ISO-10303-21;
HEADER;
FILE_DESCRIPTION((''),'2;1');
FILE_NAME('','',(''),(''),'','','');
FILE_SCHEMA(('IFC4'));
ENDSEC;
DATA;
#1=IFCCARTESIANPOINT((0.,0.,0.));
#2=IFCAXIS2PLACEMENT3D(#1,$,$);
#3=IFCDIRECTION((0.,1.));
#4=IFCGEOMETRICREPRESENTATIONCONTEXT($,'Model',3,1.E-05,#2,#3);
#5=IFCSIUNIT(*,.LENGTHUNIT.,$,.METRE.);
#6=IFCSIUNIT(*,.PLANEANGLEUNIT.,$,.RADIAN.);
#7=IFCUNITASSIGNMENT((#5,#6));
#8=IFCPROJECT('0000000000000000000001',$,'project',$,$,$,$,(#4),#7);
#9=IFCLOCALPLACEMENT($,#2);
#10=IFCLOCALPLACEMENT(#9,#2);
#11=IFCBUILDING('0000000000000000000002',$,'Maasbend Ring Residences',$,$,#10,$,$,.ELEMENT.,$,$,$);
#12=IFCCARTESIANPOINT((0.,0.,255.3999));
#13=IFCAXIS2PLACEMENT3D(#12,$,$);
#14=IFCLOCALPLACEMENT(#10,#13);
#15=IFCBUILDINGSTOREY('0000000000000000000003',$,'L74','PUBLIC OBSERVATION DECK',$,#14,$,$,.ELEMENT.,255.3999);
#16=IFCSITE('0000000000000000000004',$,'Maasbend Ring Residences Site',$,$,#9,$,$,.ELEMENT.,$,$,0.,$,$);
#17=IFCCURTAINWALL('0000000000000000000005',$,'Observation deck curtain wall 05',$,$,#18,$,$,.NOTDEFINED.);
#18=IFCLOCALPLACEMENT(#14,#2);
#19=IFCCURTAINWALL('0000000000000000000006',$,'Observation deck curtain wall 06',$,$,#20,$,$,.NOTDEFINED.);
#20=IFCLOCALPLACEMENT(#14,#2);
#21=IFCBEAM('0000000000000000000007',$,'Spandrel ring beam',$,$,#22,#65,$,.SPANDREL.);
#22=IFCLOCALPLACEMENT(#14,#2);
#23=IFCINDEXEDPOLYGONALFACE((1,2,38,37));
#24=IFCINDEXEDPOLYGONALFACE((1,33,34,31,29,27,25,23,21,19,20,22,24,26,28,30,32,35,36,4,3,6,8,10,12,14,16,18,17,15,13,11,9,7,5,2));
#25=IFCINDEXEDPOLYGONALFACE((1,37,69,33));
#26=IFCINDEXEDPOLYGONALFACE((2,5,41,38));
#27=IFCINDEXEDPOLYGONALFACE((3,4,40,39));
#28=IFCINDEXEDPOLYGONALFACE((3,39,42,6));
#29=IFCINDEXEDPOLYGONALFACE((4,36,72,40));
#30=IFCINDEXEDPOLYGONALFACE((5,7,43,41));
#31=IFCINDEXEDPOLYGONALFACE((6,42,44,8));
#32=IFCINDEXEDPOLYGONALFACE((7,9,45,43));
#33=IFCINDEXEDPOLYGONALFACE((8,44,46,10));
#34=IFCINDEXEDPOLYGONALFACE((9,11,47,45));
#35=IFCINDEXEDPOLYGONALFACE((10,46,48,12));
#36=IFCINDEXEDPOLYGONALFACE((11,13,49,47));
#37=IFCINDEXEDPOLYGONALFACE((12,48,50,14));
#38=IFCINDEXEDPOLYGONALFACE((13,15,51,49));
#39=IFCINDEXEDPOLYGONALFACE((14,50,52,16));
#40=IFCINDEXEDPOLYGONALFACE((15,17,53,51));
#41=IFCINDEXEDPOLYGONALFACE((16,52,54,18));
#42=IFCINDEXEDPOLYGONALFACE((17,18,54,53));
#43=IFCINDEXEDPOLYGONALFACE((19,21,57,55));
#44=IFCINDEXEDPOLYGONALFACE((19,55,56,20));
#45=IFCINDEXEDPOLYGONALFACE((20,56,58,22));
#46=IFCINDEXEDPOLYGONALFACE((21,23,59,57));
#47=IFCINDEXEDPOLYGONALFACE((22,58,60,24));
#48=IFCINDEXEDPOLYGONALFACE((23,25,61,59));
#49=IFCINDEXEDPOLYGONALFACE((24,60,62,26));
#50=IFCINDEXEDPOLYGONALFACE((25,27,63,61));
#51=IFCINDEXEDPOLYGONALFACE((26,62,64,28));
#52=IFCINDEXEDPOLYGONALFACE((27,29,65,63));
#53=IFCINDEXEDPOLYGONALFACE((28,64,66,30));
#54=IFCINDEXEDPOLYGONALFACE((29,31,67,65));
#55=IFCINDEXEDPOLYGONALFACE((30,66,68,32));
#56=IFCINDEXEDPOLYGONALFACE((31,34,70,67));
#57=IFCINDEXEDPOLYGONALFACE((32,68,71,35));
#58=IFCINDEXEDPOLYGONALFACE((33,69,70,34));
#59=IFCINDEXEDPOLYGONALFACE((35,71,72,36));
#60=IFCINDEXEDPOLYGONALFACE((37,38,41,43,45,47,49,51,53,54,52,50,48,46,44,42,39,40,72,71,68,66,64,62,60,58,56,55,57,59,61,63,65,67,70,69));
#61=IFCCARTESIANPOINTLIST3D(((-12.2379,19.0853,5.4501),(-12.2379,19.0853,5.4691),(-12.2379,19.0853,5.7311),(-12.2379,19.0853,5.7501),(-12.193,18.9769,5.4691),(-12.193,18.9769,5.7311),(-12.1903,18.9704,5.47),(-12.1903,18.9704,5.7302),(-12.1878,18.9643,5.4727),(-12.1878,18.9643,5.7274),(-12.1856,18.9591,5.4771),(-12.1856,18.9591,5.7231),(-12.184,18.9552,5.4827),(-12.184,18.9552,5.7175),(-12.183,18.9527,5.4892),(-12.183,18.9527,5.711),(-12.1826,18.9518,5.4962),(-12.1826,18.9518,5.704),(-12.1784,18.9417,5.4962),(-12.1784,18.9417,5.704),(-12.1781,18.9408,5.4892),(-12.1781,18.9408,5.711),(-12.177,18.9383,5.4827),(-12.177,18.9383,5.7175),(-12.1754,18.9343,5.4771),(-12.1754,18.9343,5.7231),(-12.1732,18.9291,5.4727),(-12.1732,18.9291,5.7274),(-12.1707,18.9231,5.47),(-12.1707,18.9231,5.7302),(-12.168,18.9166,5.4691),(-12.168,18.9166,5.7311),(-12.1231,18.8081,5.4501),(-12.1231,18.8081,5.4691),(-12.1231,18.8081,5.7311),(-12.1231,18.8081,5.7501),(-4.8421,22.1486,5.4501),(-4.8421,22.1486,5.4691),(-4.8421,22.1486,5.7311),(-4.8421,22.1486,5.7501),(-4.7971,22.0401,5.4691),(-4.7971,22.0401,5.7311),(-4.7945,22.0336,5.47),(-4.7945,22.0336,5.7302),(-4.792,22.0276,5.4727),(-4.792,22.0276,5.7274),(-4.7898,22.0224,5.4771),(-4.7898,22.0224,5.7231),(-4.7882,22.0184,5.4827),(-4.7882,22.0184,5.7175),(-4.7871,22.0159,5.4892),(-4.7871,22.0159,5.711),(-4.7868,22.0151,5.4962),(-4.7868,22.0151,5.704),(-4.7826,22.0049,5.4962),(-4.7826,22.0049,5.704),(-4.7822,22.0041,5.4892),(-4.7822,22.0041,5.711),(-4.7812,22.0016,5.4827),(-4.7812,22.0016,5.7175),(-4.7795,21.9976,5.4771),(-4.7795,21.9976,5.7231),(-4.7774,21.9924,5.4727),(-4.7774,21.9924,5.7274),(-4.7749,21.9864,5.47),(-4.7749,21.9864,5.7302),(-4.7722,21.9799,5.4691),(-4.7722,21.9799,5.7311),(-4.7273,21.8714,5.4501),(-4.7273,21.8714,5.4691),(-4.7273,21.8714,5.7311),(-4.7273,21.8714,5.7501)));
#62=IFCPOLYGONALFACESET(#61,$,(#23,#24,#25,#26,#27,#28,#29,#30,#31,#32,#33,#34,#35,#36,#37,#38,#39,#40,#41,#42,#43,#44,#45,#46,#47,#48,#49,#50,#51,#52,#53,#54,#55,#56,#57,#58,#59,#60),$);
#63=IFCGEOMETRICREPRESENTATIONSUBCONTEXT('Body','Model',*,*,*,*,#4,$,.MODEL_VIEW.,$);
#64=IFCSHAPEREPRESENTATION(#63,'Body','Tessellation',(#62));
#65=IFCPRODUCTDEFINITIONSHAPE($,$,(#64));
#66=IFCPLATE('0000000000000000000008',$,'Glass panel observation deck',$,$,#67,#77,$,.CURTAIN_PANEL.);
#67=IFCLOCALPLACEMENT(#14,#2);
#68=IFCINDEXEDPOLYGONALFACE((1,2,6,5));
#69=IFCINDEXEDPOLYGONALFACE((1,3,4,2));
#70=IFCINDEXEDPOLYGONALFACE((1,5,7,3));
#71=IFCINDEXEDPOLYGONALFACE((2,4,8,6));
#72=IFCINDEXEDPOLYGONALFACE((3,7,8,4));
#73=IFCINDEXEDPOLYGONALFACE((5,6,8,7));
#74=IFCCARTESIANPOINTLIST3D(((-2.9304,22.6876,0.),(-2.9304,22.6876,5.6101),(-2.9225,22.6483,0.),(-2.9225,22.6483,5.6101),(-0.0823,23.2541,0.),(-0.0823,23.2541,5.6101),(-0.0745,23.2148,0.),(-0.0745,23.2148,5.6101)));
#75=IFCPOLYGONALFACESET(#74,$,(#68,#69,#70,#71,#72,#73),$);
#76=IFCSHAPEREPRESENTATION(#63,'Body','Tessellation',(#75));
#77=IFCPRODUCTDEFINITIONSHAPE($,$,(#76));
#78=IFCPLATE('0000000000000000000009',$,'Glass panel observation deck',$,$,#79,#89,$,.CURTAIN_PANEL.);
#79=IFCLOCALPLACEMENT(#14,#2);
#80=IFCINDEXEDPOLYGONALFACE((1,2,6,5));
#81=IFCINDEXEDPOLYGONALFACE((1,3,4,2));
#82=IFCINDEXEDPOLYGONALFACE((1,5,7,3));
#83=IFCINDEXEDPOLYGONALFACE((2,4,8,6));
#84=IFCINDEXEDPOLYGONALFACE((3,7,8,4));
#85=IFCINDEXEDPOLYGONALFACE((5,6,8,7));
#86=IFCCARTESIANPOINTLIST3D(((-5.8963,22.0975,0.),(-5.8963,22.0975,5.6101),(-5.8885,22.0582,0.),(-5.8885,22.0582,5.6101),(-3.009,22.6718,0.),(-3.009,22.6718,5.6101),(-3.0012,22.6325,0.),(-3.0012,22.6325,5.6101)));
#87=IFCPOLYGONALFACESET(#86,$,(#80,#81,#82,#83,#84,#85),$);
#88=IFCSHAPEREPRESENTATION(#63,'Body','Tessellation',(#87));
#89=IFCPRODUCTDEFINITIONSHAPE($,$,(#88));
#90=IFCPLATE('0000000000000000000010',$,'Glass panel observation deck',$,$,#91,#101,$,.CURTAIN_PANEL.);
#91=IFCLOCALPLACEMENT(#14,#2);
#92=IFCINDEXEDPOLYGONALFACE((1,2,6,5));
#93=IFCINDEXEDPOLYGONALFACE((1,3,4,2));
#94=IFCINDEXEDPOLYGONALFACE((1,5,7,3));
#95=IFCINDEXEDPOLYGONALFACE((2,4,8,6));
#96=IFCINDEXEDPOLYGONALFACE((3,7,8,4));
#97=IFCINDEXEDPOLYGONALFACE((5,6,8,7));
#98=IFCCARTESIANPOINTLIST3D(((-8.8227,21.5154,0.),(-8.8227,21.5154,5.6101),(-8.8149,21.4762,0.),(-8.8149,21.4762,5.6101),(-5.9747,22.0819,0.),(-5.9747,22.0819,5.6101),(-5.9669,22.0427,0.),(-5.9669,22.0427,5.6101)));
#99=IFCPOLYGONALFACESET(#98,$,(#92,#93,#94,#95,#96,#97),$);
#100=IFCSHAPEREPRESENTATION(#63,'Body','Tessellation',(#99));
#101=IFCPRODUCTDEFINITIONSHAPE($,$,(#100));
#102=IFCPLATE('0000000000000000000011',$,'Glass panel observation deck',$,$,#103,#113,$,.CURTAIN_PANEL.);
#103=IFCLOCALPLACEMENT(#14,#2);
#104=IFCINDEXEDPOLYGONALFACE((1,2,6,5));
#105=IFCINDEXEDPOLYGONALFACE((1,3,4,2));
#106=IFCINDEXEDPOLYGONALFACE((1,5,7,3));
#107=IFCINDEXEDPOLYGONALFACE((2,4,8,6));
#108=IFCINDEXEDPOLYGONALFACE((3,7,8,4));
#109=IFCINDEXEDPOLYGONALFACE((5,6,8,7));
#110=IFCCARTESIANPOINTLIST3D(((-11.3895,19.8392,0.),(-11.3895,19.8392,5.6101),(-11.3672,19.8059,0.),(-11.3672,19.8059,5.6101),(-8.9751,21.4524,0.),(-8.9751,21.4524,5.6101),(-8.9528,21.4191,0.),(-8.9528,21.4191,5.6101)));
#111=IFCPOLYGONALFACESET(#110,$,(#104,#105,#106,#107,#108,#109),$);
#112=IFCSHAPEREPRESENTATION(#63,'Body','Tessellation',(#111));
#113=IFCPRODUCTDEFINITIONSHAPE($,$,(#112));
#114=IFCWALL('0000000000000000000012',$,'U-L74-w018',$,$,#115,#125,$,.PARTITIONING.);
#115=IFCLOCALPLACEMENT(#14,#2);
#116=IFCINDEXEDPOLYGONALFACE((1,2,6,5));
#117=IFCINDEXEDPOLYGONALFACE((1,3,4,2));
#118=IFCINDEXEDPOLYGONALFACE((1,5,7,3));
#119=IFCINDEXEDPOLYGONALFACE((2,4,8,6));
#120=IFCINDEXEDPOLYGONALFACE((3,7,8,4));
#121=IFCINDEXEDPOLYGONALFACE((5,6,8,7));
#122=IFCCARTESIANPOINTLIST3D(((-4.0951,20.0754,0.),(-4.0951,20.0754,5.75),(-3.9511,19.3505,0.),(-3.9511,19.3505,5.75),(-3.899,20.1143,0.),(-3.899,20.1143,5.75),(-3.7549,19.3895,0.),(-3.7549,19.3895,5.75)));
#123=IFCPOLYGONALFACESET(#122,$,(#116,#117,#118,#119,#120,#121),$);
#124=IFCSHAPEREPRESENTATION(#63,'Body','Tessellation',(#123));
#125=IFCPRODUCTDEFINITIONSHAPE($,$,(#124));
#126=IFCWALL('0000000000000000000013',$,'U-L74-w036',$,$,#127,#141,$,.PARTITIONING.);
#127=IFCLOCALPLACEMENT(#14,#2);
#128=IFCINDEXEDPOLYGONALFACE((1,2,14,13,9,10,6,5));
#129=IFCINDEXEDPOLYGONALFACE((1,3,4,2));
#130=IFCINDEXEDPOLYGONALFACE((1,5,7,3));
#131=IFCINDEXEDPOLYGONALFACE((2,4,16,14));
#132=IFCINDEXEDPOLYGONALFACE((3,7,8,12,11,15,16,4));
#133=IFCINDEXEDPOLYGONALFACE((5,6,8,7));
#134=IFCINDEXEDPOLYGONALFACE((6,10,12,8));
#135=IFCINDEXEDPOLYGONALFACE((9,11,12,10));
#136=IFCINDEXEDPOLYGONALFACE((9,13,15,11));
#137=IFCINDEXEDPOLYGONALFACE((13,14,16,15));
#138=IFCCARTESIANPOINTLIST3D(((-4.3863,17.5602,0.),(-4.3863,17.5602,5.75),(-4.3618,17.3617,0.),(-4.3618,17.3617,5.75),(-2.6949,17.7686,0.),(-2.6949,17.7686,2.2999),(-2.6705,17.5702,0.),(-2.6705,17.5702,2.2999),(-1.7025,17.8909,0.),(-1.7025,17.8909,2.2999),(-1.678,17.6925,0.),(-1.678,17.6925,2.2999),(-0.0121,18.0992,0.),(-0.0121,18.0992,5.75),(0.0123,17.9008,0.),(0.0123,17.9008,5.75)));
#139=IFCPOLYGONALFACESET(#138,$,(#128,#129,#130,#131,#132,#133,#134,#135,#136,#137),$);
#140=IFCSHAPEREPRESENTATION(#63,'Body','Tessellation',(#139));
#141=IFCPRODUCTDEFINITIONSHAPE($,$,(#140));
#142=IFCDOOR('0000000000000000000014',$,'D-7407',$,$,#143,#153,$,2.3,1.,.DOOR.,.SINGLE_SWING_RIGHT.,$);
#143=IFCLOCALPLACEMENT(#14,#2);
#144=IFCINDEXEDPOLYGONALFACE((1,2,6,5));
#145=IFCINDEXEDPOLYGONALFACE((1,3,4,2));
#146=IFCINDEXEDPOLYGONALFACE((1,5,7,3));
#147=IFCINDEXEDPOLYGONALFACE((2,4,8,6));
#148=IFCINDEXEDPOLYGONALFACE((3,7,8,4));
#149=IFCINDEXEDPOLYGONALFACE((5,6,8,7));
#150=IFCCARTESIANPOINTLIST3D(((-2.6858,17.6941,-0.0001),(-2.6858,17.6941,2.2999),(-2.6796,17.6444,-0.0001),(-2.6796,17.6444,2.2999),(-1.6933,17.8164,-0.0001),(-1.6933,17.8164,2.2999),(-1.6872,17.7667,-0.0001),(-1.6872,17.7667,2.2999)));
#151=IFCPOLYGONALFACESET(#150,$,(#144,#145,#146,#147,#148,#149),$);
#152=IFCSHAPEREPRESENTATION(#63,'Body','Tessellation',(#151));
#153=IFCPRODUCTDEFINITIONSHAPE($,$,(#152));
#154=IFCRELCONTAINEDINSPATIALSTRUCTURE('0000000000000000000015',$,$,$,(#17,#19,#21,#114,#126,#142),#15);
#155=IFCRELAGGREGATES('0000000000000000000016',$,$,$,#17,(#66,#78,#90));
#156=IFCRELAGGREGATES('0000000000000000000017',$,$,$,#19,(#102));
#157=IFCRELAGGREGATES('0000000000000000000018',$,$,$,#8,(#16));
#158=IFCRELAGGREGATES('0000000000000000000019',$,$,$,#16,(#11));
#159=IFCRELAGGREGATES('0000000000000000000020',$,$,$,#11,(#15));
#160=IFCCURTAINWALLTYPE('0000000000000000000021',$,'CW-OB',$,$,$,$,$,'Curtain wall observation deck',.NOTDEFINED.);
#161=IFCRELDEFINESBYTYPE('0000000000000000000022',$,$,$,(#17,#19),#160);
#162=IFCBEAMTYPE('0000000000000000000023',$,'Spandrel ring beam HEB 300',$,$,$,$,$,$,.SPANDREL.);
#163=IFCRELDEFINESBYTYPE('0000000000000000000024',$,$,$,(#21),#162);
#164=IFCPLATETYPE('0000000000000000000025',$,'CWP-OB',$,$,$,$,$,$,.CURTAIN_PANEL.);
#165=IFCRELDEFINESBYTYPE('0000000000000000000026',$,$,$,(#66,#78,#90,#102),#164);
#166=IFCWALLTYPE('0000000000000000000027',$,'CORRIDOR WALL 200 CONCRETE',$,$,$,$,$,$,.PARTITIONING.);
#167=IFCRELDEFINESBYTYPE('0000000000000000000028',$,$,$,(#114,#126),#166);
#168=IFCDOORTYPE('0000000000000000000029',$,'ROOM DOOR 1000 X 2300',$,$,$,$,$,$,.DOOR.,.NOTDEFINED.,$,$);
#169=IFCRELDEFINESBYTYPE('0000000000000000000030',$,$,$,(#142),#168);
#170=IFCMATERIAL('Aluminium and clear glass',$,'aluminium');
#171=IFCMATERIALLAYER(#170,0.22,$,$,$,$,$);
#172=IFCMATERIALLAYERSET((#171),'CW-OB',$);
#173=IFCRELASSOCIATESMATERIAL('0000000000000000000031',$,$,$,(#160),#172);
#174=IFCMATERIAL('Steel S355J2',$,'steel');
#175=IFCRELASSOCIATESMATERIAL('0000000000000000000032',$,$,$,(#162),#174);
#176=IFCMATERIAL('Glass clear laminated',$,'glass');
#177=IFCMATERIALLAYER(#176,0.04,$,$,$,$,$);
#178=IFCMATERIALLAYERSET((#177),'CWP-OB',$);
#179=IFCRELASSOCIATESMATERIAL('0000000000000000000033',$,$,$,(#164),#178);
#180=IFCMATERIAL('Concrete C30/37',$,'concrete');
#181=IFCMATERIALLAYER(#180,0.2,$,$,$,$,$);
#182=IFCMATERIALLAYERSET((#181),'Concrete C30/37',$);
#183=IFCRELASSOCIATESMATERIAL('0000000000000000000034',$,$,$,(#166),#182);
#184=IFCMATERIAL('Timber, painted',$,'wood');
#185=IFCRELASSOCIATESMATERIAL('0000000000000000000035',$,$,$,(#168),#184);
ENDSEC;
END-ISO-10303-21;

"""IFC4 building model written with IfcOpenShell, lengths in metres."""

from ifc_helpers import new_model, si_unit, direction, frame, frame_2d, origin, origin_2d, place, context, subcontext, project, spatial, rectangle, i_section, extrude, material, layer, layer_set, material_profile, profile_set, type_object, element, fill, aggregate, save


model = new_model("IFC4")

# Units and contexts
model_context = context("Model", 3, precision=1e-05, world=origin(), true_north=direction((0.0, 1.0)))
body_context = subcontext(model_context, "Body", "Model", "MODEL_VIEW")
ifc_project = project(units=[si_unit("LENGTHUNIT", "METRE"), si_unit("PLANEANGLEUNIT", "RADIAN")], contexts=[model_context])

# Site, building, storey
site_placement = place(None, origin())
site = spatial("IfcSite", under=ifc_project, at=site_placement, Name="Maasbend Ring Residences Site", CompositionType="ELEMENT", RefElevation=0.0)
building_placement = place(site_placement, origin())
building = spatial("IfcBuilding", under=site, at=building_placement, Name="Maasbend Ring Residences", CompositionType="ELEMENT")
storey_placement = place(building_placement, frame((0.0, 0.0, 255.3999)))
storey = spatial("IfcBuildingStorey", under=building, at=storey_placement, Name="L74", Description="PUBLIC OBSERVATION DECK", CompositionType="ELEMENT", Elevation=255.3999)

# Curtain walls
ifc_material_1 = material(Name="Aluminium and clear glass", Category="aluminium")
ifc_layer_1 = layer(ifc_material_1, 0.22)
ifc_layer_set_1 = layer_set([ifc_layer_1], Name="CW-OB")
curtain_wall_type = type_object("IfcCurtainWallType", Name="CW-OB", ElementType="Curtain wall observation deck", PredefinedType="NOTDEFINED", material=ifc_layer_set_1)
curtain_wall_1_placement = place(storey_placement, origin())
curtain_wall_1 = element("IfcCurtainWall", 1, at=curtain_wall_1_placement, inside=storey, type_object=curtain_wall_type, Name="Observation deck curtain wall 05", PredefinedType="NOTDEFINED")
curtain_wall_2_placement = place(storey_placement, origin())
curtain_wall_2 = element("IfcCurtainWall", 2, at=curtain_wall_2_placement, inside=storey, type_object=curtain_wall_type, Name="Observation deck curtain wall 06", PredefinedType="NOTDEFINED")

# Beam
ifc_material_2 = material(Name="Steel S355J2", Category="steel")
ifc_material_profile_1 = material_profile(ifc_material_2, i_section(OverallWidth=0.3, OverallDepth=0.3, WebThickness=0.011, FlangeThickness=0.019, FilletRadius=0.0271, at=origin_2d()), Name="HEB 300")
ifc_profile_set_1 = profile_set([ifc_material_profile_1], Name="Steel S355J2")
beam_type_1 = type_object("IfcBeamType", Name="Spandrel ring beam HEB 300", PredefinedType="SPANDREL", material=ifc_profile_set_1)
beam_1_placement = place(storey_placement, frame((-4.7847, 22.01, 5.6001), z_axis=(-0.923888, -0.382663, 0.0), x_axis=(0.382663, -0.923888, 0.0)))
element("IfcBeam", 3, at=beam_1_placement, inside=storey, type_object=beam_type_1, Name="Spandrel ring beam", PredefinedType="SPANDREL", context=body_context, shape_type="SweptSolid", body=[
    extrude(i_section(OverallWidth=0.3, OverallDepth=0.3, WebThickness=0.011, FlangeThickness=0.019, FilletRadius=0.0271, at=origin_2d()), origin(), (0.0, 0.0, 1.0), 8.0051),
])

# Plates
ifc_material_3 = material(Name="Glass clear laminated", Category="glass")
ifc_layer_2 = layer(ifc_material_3, 0.04)
ifc_layer_set_2 = layer_set([ifc_layer_2], Name="CWP-OB")
plate_type = type_object("IfcPlateType", Name="CWP-OB", PredefinedType="CURTAIN_PANEL", material=ifc_layer_set_2)
plate_1_placement = place(storey_placement, frame((-1.5024, 22.9512, 0.0), z_axis=(0.0, 0.0, 1.0), x_axis=(-0.980785, -0.19509, 0.0)))
plate_1 = element("IfcPlate", 4, at=plate_1_placement, type_object=plate_type, Name="Glass panel observation deck", PredefinedType="CURTAIN_PANEL", context=body_context, shape_type="SweptSolid", body=[
    extrude(rectangle(XDim=2.9038, YDim=0.04, at=origin_2d()), origin(), (0.0, 0.0, 1.0), 5.6101),
])
plate_2_placement = place(storey_placement, frame((-4.4487, 22.365, 0.0), z_axis=(0.0, 0.0, 1.0), x_axis=(-0.980785, -0.19509, 0.0)))
plate_2 = element("IfcPlate", 5, at=plate_2_placement, type_object=plate_type, Name="Glass panel observation deck", PredefinedType="CURTAIN_PANEL", context=body_context, shape_type="SweptSolid", body=[
    extrude(rectangle(XDim=2.9438, YDim=0.04, at=origin_2d()), origin(), (0.0, 0.0, 1.0), 5.6101),
])
plate_3_placement = place(storey_placement, frame((-7.3948, 21.7791, 0.0), z_axis=(0.0, 0.0, 1.0), x_axis=(-0.980785, -0.19509, 0.0)))
plate_3 = element("IfcPlate", 6, at=plate_3_placement, type_object=plate_type, Name="Glass panel observation deck", PredefinedType="CURTAIN_PANEL", context=body_context, shape_type="SweptSolid", body=[
    extrude(rectangle(XDim=2.9038, YDim=0.04, at=origin_2d()), origin(), (0.0, 0.0, 1.0), 5.6101),
])
aggregate(curtain_wall_1, [plate_1, plate_2, plate_3])
plate_4_placement = place(storey_placement, frame((-10.1711, 20.6292, 0.0), z_axis=(0.0, 0.0, 1.0), x_axis=(-0.83147, -0.55557, 0.0)))
plate_4 = element("IfcPlate", 7, at=plate_4_placement, type_object=plate_type, Name="Glass panel observation deck", PredefinedType="CURTAIN_PANEL", context=body_context, shape_type="SweptSolid", body=[
    extrude(rectangle(XDim=2.9038, YDim=0.04, at=origin_2d()), origin(), (0.0, 0.0, 1.0), 5.6101),
])
aggregate(curtain_wall_2, [plate_4])

# Wall
ifc_material_4 = material(Name="Concrete C30/37", Category="concrete")
ifc_layer_3 = layer(ifc_material_4, 0.2)
ifc_layer_set_3 = layer_set([ifc_layer_3], Name="Concrete C30/37")
wall_type_1 = type_object("IfcWallType", Name="CORRIDOR WALL 200 CONCRETE", PredefinedType="PARTITIONING", material=ifc_layer_set_3)
wall_1_placement = place(storey_placement, frame((-3.9971, 20.095, 0.0), z_axis=(0.0, 0.0, 1.0), x_axis=(0.194909, -0.980821, 0.0)))
element("IfcWall", 8, at=wall_1_placement, inside=storey, type_object=wall_type_1, Name="U-L74-w018", PredefinedType="PARTITIONING", context=body_context, shape_type="SweptSolid", body=[
    extrude(rectangle(XDim=0.739, YDim=0.2, at=frame_2d((0.3696, 0.0))), origin(), (0.0, 0.0, 1.0), 5.75),
])

# Wall, opening, door
wall_2_placement = place(storey_placement, frame((-4.374, 17.4609, 0.0), z_axis=(0.0, 0.0, 1.0), x_axis=(0.992491, 0.122316, 0.0)))
wall_2 = element("IfcWall", 9, at=wall_2_placement, inside=storey, type_object=wall_type_1, Name="U-L74-w036", PredefinedType="PARTITIONING", context=body_context, shape_type="SweptSolid", body=[
    extrude(rectangle(XDim=4.4072, YDim=0.2, at=frame_2d((2.2036, 0.0))), origin(), (0.0, 0.0, 1.0), 5.75),
])
opening_1_placement = place(wall_2_placement, frame((1.7041, 0.0, 0.0)))
opening_1 = element("IfcOpeningElement", 10, at=opening_1_placement, cuts=wall_2, PredefinedType="OPENING", context=body_context, shape_type="SweptSolid", body=[
    extrude(rectangle(XDim=1.0, YDim=2.3, at=frame_2d((0.5, 1.1499))), frame((0.0, 0.1099, 0.0), z_axis=(0.0, -1.0, 0.0), x_axis=(1.0, 0.0, 0.0)), (0.0, 0.0, 1.0), 0.22),
])
ifc_material_5 = material(Name="Timber, painted", Category="wood")
door_type_1 = type_object("IfcDoorType", Name="ROOM DOOR 1000 X 2300", OperationType="NOTDEFINED", PredefinedType="DOOR", material=ifc_material_5)
door_1_placement = place(opening_1_placement, origin())
door_1 = element("IfcDoor", 11, at=door_1_placement, inside=storey, type_object=door_type_1, Name="D-7407", OperationType="SINGLE_SWING_RIGHT", OverallHeight=2.3, OverallWidth=1.0, PredefinedType="DOOR", context=body_context, shape_type="SweptSolid", body=[
    extrude(rectangle(XDim=1.0, YDim=2.3, at=frame_2d((0.5, 1.1499))), frame((0.0, 0.0249, 0.0), z_axis=(0.0, -1.0, 0.0), x_axis=(1.0, 0.0, 0.0)), (0.0, 0.0, 1.0), 0.05),
])
fill(opening_1, door_1)

save(model, "model.ifc")
